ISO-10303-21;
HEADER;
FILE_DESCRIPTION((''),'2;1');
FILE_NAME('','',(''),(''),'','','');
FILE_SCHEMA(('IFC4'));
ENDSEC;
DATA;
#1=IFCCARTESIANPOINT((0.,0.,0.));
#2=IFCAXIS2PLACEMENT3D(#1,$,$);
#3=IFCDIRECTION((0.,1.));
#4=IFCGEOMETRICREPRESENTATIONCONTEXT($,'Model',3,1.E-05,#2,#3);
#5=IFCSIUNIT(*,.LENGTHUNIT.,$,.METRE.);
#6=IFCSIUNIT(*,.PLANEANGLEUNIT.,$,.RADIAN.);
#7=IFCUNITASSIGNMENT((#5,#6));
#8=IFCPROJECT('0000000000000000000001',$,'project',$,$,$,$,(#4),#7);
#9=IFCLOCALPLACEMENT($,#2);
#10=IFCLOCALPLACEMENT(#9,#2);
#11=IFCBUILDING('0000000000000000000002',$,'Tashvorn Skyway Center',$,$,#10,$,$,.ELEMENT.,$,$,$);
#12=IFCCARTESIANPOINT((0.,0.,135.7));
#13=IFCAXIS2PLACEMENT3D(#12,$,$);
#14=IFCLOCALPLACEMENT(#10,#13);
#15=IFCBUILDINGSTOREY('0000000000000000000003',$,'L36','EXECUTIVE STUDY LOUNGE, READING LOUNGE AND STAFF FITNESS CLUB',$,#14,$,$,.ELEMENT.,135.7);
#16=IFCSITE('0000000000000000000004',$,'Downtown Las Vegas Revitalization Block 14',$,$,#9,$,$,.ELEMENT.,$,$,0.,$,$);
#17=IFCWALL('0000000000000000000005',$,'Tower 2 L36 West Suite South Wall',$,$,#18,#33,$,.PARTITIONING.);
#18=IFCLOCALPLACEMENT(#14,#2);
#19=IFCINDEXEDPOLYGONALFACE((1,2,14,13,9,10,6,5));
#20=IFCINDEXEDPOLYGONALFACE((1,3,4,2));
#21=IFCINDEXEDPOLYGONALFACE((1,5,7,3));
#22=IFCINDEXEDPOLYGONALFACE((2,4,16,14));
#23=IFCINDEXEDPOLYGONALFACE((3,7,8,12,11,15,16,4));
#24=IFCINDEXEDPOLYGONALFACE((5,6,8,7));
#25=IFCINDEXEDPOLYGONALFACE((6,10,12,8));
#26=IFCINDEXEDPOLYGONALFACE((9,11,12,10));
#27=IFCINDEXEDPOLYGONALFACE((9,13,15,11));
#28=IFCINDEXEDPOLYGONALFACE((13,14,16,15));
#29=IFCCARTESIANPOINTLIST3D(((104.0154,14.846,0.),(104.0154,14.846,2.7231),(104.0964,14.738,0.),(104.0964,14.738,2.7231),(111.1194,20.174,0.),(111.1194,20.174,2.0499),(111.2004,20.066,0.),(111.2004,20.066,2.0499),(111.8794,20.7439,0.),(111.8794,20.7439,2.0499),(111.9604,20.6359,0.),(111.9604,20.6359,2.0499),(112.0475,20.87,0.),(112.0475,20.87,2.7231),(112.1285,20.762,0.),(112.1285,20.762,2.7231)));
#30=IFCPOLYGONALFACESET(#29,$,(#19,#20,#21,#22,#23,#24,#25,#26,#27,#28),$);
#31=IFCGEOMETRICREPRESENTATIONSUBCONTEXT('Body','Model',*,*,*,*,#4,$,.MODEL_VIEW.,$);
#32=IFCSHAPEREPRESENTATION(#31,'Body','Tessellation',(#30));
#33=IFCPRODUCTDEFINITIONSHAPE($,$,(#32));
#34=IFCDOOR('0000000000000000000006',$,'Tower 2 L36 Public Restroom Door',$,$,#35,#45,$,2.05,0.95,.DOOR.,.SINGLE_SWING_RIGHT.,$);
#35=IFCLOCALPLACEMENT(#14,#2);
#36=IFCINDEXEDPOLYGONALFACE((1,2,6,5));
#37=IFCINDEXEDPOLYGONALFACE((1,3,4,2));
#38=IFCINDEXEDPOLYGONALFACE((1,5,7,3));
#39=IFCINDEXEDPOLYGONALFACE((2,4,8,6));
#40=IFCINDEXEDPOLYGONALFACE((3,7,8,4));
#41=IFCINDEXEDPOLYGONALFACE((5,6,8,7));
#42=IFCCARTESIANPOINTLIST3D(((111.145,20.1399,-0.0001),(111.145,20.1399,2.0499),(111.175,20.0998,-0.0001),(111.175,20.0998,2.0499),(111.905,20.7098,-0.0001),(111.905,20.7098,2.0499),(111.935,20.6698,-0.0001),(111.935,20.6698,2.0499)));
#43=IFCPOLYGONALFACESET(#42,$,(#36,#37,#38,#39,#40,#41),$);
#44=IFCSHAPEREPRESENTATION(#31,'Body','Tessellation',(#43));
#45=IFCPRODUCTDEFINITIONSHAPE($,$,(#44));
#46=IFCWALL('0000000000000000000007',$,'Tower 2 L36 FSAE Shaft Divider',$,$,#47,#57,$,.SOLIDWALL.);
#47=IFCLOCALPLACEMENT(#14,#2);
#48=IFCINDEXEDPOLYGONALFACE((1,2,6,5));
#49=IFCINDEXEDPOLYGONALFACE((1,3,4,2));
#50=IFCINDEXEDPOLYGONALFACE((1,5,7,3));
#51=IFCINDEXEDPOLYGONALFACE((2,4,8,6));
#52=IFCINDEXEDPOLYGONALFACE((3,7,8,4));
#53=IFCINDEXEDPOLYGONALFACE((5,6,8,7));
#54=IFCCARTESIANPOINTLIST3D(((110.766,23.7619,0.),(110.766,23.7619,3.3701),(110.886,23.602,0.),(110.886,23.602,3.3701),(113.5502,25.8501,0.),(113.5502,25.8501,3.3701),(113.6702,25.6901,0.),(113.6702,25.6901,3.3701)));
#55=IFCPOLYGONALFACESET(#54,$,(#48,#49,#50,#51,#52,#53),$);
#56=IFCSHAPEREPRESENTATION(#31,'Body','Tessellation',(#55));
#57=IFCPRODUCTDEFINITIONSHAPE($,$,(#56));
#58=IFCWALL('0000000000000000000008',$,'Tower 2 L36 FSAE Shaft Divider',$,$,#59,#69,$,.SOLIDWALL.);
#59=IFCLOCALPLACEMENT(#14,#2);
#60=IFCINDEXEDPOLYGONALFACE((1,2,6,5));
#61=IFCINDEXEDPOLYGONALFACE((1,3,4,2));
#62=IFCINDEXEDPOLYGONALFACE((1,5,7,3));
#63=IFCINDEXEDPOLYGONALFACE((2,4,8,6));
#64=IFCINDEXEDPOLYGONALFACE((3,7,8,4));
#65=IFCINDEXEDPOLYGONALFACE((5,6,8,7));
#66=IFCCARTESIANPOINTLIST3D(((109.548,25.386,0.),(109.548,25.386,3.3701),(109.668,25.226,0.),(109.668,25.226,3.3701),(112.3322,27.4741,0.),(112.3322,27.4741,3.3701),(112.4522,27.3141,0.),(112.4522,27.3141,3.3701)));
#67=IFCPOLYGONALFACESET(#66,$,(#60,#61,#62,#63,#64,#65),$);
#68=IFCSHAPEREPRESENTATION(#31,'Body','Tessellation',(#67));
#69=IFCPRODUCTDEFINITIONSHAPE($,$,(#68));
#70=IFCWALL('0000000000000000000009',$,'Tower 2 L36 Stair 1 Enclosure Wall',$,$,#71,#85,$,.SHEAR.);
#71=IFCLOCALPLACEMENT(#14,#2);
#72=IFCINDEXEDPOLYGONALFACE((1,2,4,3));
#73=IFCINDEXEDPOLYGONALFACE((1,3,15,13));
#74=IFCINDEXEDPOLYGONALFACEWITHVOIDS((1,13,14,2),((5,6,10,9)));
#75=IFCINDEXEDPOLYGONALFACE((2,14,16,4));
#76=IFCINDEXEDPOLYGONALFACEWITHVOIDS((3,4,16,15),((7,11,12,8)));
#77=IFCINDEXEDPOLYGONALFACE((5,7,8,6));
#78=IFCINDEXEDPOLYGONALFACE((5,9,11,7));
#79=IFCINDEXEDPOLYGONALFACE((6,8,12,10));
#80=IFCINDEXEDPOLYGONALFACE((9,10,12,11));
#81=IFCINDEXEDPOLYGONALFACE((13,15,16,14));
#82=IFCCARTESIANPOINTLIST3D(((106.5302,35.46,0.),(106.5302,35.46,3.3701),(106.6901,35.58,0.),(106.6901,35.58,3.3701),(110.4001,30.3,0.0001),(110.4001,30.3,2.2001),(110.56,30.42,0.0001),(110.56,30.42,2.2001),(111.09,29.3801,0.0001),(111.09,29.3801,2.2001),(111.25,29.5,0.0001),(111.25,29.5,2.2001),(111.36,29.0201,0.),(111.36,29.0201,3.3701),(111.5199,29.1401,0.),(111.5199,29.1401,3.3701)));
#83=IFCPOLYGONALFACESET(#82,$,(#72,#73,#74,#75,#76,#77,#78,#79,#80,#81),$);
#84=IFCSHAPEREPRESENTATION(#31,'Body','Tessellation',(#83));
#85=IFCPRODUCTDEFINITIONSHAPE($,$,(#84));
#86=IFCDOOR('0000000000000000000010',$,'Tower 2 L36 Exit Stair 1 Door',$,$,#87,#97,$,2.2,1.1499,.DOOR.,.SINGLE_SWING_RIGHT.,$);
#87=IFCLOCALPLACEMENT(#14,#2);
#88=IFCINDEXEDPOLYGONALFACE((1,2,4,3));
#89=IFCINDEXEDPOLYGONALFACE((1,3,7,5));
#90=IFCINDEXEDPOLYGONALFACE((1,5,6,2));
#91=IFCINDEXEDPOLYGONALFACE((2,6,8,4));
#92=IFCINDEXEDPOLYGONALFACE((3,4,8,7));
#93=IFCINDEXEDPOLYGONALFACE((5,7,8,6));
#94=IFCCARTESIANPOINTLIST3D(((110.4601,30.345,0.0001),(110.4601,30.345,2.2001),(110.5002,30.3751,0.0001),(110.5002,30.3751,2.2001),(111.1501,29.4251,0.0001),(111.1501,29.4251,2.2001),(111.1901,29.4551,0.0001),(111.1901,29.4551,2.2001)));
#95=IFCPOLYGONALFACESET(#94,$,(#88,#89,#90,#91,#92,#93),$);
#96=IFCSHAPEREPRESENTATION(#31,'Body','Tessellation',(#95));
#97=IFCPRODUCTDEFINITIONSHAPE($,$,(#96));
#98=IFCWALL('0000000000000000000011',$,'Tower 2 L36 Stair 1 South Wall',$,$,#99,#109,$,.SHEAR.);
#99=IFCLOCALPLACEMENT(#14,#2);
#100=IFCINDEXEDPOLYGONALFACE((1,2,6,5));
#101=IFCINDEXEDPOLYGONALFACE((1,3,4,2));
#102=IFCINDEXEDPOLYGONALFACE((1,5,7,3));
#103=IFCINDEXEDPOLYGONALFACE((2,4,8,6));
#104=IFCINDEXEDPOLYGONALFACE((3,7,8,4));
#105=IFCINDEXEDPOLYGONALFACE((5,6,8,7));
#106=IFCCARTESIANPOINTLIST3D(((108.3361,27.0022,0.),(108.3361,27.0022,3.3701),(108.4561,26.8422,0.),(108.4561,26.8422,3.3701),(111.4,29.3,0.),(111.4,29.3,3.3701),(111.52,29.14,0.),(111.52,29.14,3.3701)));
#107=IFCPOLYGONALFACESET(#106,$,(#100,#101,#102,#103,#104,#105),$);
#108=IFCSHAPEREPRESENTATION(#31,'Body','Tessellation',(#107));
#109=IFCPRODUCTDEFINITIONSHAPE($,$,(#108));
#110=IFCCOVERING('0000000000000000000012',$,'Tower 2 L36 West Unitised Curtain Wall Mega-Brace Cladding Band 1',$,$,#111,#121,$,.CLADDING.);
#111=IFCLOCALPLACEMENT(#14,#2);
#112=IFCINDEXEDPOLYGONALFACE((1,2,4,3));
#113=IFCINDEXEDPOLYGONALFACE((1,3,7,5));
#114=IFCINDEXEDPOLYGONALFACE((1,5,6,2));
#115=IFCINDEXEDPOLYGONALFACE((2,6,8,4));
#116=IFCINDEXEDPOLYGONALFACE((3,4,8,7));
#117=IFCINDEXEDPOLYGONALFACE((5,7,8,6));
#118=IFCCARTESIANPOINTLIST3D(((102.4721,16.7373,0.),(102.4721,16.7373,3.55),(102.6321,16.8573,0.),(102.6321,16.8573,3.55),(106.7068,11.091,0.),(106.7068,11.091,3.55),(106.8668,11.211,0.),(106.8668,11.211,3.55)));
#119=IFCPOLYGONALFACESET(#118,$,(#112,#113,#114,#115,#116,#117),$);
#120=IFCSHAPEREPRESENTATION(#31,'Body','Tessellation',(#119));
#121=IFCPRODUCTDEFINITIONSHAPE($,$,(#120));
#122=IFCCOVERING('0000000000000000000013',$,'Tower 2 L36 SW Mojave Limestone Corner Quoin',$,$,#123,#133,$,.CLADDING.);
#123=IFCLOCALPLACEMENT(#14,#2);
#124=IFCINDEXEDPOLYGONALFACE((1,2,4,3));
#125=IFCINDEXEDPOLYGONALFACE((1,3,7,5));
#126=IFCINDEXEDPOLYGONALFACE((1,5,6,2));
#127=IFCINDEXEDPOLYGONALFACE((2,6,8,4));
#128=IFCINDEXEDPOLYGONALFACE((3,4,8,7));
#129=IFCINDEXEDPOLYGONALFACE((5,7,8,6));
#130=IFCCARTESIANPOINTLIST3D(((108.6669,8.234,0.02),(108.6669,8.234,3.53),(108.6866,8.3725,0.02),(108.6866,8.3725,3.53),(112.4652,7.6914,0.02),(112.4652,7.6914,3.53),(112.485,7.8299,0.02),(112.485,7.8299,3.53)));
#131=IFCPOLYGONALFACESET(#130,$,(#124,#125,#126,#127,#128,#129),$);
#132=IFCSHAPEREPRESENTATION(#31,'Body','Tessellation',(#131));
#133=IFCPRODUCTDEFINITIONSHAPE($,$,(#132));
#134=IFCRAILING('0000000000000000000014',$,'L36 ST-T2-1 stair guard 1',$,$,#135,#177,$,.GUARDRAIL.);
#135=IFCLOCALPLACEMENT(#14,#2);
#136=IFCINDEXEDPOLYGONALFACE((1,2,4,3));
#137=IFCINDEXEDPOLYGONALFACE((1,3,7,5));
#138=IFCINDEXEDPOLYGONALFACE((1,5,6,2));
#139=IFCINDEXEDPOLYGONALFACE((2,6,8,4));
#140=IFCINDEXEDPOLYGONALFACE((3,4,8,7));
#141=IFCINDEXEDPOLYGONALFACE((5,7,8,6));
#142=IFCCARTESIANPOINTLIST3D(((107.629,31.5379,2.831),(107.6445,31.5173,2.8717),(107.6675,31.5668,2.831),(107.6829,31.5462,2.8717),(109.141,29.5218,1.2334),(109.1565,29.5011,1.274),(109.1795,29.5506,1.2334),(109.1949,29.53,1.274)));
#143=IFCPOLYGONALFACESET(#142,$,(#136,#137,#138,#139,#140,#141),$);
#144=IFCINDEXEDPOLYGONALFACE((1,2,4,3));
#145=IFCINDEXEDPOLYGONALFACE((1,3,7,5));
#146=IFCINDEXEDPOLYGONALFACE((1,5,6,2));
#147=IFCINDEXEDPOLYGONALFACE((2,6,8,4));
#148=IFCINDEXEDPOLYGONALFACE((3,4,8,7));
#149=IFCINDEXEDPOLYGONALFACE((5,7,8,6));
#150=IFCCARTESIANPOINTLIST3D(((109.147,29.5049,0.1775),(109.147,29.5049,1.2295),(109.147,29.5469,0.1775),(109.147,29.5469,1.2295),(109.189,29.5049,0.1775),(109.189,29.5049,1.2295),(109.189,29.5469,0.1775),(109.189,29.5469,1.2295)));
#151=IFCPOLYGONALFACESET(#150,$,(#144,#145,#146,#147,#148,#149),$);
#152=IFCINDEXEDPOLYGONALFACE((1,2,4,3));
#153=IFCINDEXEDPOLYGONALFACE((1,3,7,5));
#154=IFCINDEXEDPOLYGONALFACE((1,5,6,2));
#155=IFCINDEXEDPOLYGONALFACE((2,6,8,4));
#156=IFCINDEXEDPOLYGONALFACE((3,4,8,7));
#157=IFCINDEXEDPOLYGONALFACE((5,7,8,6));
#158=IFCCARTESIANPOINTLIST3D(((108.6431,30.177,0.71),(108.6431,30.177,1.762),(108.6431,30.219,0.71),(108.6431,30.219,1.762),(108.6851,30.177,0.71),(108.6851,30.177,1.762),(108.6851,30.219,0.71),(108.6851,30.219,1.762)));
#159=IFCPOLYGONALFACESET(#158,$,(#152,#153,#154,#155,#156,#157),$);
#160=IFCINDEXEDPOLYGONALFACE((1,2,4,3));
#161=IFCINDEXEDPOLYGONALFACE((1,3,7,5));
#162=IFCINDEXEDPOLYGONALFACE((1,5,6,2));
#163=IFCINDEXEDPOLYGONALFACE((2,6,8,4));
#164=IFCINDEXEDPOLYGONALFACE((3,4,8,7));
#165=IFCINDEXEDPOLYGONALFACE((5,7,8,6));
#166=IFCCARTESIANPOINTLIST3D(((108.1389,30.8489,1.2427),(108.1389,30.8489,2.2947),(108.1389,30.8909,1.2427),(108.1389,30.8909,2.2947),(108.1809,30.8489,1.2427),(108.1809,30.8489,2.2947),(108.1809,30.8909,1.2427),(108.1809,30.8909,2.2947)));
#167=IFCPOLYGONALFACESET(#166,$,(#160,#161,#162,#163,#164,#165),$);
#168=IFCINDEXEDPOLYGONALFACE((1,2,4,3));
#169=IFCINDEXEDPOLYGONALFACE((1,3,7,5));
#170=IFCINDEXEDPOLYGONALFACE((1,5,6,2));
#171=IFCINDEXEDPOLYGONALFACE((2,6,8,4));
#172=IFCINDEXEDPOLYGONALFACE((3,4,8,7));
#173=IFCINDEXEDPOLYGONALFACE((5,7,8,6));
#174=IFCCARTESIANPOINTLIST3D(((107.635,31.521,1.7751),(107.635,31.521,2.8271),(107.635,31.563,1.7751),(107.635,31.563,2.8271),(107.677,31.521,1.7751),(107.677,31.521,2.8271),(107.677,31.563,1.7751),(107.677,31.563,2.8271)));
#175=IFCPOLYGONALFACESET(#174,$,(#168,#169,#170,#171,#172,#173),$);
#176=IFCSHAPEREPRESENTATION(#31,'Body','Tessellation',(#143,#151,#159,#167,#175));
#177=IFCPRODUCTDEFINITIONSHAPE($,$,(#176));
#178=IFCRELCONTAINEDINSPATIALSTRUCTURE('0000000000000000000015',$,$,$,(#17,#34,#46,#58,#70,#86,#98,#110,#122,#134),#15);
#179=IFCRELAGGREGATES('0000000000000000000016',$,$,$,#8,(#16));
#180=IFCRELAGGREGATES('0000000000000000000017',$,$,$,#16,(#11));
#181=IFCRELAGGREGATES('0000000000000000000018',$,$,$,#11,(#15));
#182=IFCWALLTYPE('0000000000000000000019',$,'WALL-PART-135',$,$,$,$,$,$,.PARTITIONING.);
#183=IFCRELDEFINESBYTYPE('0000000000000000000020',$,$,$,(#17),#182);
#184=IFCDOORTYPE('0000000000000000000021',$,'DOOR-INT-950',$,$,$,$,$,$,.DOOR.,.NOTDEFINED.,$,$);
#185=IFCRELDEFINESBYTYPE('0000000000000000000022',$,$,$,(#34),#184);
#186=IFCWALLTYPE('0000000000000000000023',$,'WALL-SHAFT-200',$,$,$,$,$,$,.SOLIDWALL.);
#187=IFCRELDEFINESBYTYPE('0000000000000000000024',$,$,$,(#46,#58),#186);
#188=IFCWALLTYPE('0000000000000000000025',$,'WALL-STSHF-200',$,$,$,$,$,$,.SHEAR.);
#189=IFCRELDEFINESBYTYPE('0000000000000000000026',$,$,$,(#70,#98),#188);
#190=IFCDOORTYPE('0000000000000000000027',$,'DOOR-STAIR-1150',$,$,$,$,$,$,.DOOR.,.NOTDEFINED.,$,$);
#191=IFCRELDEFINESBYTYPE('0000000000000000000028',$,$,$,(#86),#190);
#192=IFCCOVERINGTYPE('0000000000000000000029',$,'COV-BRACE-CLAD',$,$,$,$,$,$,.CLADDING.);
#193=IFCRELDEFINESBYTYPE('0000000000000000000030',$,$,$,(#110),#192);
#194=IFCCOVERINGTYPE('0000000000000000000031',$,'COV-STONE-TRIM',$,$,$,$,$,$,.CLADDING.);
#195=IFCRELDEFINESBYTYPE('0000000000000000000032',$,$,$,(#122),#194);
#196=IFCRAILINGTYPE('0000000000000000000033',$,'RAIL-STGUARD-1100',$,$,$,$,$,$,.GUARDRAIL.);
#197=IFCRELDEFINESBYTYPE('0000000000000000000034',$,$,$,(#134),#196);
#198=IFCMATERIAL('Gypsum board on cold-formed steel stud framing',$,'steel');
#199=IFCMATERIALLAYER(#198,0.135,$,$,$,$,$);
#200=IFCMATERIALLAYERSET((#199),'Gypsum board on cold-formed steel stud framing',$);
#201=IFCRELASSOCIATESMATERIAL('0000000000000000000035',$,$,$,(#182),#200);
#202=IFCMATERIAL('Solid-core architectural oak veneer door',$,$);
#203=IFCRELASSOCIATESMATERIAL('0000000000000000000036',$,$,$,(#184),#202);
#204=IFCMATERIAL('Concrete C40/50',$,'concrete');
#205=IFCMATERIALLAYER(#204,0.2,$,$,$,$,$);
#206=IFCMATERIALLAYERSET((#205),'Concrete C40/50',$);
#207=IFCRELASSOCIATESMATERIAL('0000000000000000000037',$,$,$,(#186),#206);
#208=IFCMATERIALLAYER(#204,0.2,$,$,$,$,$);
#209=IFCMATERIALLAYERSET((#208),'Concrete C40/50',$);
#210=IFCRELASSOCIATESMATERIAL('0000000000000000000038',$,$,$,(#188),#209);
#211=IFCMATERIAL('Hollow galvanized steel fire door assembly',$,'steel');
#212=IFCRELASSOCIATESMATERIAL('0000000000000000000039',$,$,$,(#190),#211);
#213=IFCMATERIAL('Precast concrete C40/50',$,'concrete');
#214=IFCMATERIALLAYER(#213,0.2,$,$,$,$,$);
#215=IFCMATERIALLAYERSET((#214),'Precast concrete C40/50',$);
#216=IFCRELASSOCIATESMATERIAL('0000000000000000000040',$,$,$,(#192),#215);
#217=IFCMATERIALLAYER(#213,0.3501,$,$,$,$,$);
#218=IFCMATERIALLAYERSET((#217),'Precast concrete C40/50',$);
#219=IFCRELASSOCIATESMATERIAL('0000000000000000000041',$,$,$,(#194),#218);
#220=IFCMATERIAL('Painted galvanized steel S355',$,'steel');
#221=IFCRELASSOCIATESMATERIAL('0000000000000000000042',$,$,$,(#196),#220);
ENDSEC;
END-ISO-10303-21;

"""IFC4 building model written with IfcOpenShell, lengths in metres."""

from ifc_helpers import new_model, si_unit, direction, frame, frame_2d, origin, origin_2d, place, context, subcontext, project, spatial, rectangle, extrude, material, layer, layer_set, type_object, element, fill, save


model = new_model("IFC4")

# Units and contexts
model_context = context("Model", 3, precision=1e-05, world=origin(), true_north=direction((0.0, 1.0)))
body_context = subcontext(model_context, "Body", "Model", "MODEL_VIEW")
ifc_project = project(units=[si_unit("LENGTHUNIT", "METRE"), si_unit("PLANEANGLEUNIT", "RADIAN")], contexts=[model_context])

# Site, building, storey
site_placement = place(None, origin())
site = spatial("IfcSite", under=ifc_project, at=site_placement, Name="Downtown Las Vegas Revitalization Block 14", CompositionType="ELEMENT", RefElevation=0.0)
building_placement = place(site_placement, origin())
building = spatial("IfcBuilding", under=site, at=building_placement, Name="Tashvorn Skyway Center", CompositionType="ELEMENT")
storey_placement = place(building_placement, frame((0.0, 0.0, 135.7)))
storey = spatial("IfcBuildingStorey", under=building, at=storey_placement, Name="L36", Description="EXECUTIVE STUDY LOUNGE, READING LOUNGE AND STAFF FITNESS CLUB", CompositionType="ELEMENT", Elevation=135.7)

# Shared definitions
ifc_material_1 = material(Name="Precast concrete C40/50", Category="concrete")
ifc_material_2 = material(Name="Gypsum board on cold-formed steel stud framing", Category="steel")
ifc_layer_1 = layer(ifc_material_2, 0.135)
ifc_layer_set_1 = layer_set([ifc_layer_1], Name="Gypsum board on cold-formed steel stud framing")
wall_type_1 = type_object("IfcWallType", Name="WALL-PART-135", PredefinedType="PARTITIONING", material=ifc_layer_set_1)

# Wall, opening, door
wall_1_placement = place(storey_placement, frame((104.0559, 14.792, 0.0), z_axis=(0.0, 0.0, 1.0), x_axis=(0.800003, 0.599996, 0.0)))
wall_1 = element("IfcWall", 1, at=wall_1_placement, inside=storey, type_object=wall_type_1, Name="Tower 2 L36 West Suite South Wall", PredefinedType="PARTITIONING", context=body_context, shape_type="SweptSolid", body=[
    extrude(rectangle(XDim=10.04, YDim=0.135, at=frame_2d((5.02, 0.0))), origin(), (0.0, 0.0, 1.0), 2.7231),
])
opening_1_placement = place(wall_1_placement, frame((8.8799, 0.0, 0.0)))
opening_1 = element("IfcOpeningElement", 2, at=opening_1_placement, cuts=wall_1, PredefinedType="OPENING", context=body_context, shape_type="SweptSolid", body=[
    extrude(rectangle(XDim=0.95, YDim=2.05, at=frame_2d((0.4751, 1.0249))), frame((0.0, 0.0774, 0.0), z_axis=(0.0, -1.0, 0.0), x_axis=(1.0, 0.0, 0.0)), (0.0, 0.0, 1.0), 0.155),
])
ifc_material_3 = material(Name="Solid-core architectural oak veneer door")
door_type_1 = type_object("IfcDoorType", Name="DOOR-INT-950", OperationType="NOTDEFINED", PredefinedType="DOOR", material=ifc_material_3)
door_1_placement = place(opening_1_placement, origin())
door_1 = element("IfcDoor", 3, at=door_1_placement, inside=storey, type_object=door_type_1, Name="Tower 2 L36 Public Restroom Door", OperationType="SINGLE_SWING_RIGHT", OverallHeight=2.05, OverallWidth=0.95, PredefinedType="DOOR", context=body_context, shape_type="SweptSolid", body=[
    extrude(rectangle(XDim=0.95, YDim=2.05, at=frame_2d((0.4751, 1.0249))), frame((0.0, 0.0249, 0.0), z_axis=(0.0, -1.0, 0.0), x_axis=(1.0, 0.0, 0.0)), (0.0, 0.0, 1.0), 0.05),
])
fill(opening_1, door_1)

# Walls
ifc_material_4 = material(Name="Concrete C40/50", Category="concrete")
ifc_layer_2 = layer(ifc_material_4, 0.2)
ifc_layer_set_2 = layer_set([ifc_layer_2], Name="Concrete C40/50")
wall_type_2 = type_object("IfcWallType", Name="WALL-SHAFT-200", PredefinedType="SOLIDWALL", material=ifc_layer_set_2)
for number, where, z_axis, x_axis, name in (
    (4, (110.8259, 23.6819, 0.0), (0.0, 0.0, 1.0), (0.8, 0.6, 0.0), "Tower 2 L36 FSAE Shaft Divider"),
    (5, (109.6079, 25.3059, 0.0), (0.0, 0.0, 1.0), (0.8, 0.6, 0.0), "Tower 2 L36 FSAE Shaft Divider"),
):
    element("IfcWall", number, at=place(storey_placement, frame(where, z_axis=z_axis, x_axis=x_axis)), inside=storey, type_object=wall_type_2, Name=name, PredefinedType="SOLIDWALL", context=body_context, shape_type="SweptSolid", body=[
        extrude(rectangle(XDim=3.4802, YDim=0.2, at=frame_2d((1.7402, 0.0))), origin(), (0.0, 0.0, 1.0), 3.3701),
    ])

# Wall, opening, door
ifc_layer_3 = layer(ifc_material_4, 0.2)
ifc_layer_set_3 = layer_set([ifc_layer_3], Name="Concrete C40/50")
wall_type_3 = type_object("IfcWallType", Name="WALL-STSHF-200", PredefinedType="SHEAR", material=ifc_layer_set_3)
wall_2_placement = place(storey_placement, frame((111.4399, 29.0801, 0.0), z_axis=(0.0, 0.0, 1.0), x_axis=(-0.59999, 0.800007, 0.0)))
wall_2 = element("IfcWall", 6, at=wall_2_placement, inside=storey, type_object=wall_type_3, Name="Tower 2 L36 Stair 1 Enclosure Wall", PredefinedType="SHEAR", context=body_context, shape_type="SweptSolid", body=[
    extrude(rectangle(XDim=8.0498, YDim=0.2, at=frame_2d((4.0249, 0.0))), origin(), (0.0, 0.0, 1.0), 3.3701),
])
opening_2_placement = place(wall_2_placement, frame((0.45, 0.0, 0.0)))
opening_2 = element("IfcOpeningElement", 7, at=opening_2_placement, cuts=wall_2, PredefinedType="OPENING", context=body_context, shape_type="SweptSolid", body=[
    extrude(rectangle(XDim=1.1499, YDim=2.2, at=frame_2d((0.575, 1.1001))), frame((0.0, 0.1099, 0.0), z_axis=(0.0, -1.0, 0.0), x_axis=(1.0, 0.0, 0.0)), (0.0, 0.0, 1.0), 0.22),
])
ifc_material_5 = material(Name="Hollow galvanized steel fire door assembly", Category="steel")
door_type_2 = type_object("IfcDoorType", Name="DOOR-STAIR-1150", OperationType="NOTDEFINED", PredefinedType="DOOR", material=ifc_material_5)
door_2_placement = place(opening_2_placement, origin())
door_2 = element("IfcDoor", 8, at=door_2_placement, inside=storey, type_object=door_type_2, Name="Tower 2 L36 Exit Stair 1 Door", OperationType="SINGLE_SWING_RIGHT", OverallHeight=2.2, OverallWidth=1.1499, PredefinedType="DOOR", context=body_context, shape_type="SweptSolid", body=[
    extrude(rectangle(XDim=1.1499, YDim=2.2, at=frame_2d((0.575, 1.1001))), frame((0.0, 0.0249, 0.0), z_axis=(0.0, -1.0, 0.0), x_axis=(1.0, 0.0, 0.0)), (0.0, 0.0, 1.0), 0.05),
])
fill(opening_2, door_2)

# Wall
wall_3_placement = place(storey_placement, frame((108.396, 26.9221, 0.0), z_axis=(0.0, 0.0, 1.0), x_axis=(0.800015, 0.59998, 0.0)))
element("IfcWall", 9, at=wall_3_placement, inside=storey, type_object=wall_type_3, Name="Tower 2 L36 Stair 1 South Wall", PredefinedType="SHEAR", context=body_context, shape_type="SweptSolid", body=[
    extrude(rectangle(XDim=3.8298, YDim=0.2, at=frame_2d((1.915, 0.0))), origin(), (0.0, 0.0, 1.0), 3.3701),
])

# Coverings
ifc_layer_4 = layer(ifc_material_1, 0.2)
ifc_layer_set_4 = layer_set([ifc_layer_4], Name="Precast concrete C40/50")
covering_type_1 = type_object("IfcCoveringType", Name="COV-BRACE-CLAD", PredefinedType="CLADDING", material=ifc_layer_set_4)
covering_1_placement = place(storey_placement, frame((104.6694, 13.9741, 0.0), z_axis=(0.0, 0.0, 1.0), x_axis=(-0.6, 0.8, 0.0)))
element("IfcCovering", 10, at=covering_1_placement, inside=storey, type_object=covering_type_1, Name="Tower 2 L36 West Unitised Curtain Wall Mega-Brace Cladding Band 1", PredefinedType="CLADDING", context=body_context, shape_type="SweptSolid", body=[
    extrude(rectangle(XDim=7.0579, YDim=0.2, at=origin_2d()), origin(), (0.0, 0.0, 1.0), 3.55),
])
ifc_layer_5 = layer(ifc_material_1, 0.3501)
ifc_layer_set_5 = layer_set([ifc_layer_5], Name="Precast concrete C40/50")
covering_type_2 = type_object("IfcCoveringType", Name="COV-STONE-TRIM", PredefinedType="CLADDING", material=ifc_layer_set_5)
covering_2_placement = place(storey_placement, frame((110.5759, 8.032, 0.02), z_axis=(0.0, 0.0, 1.0), x_axis=(-0.989949, 0.141421, 0.0)))
element("IfcCovering", 11, at=covering_2_placement, inside=storey, type_object=covering_type_2, Name="Tower 2 L36 SW Mojave Limestone Corner Quoin", PredefinedType="CLADDING", context=body_context, shape_type="SweptSolid", body=[
    extrude(rectangle(XDim=3.8369, YDim=0.1399, at=origin_2d()), origin(), (0.0, 0.0, 1.0), 3.51),
])

# Railing
ifc_material_6 = material(Name="Painted galvanized steel S355", Category="steel")
railing_type = type_object("IfcRailingType", Name="RAIL-STGUARD-1100", PredefinedType="GUARDRAIL", material=ifc_material_6)
railing_1_placement = place(storey_placement, frame((109.168, 29.5259, 0.1775)))
element("IfcRailing", 12, at=railing_1_placement, inside=storey, type_object=railing_type, Name="L36 ST-T2-1 stair guard 1", PredefinedType="GUARDRAIL", context=body_context, shape_type="SweptSolid", body=[
    extrude(rectangle(XDim=0.0481, YDim=0.0481, at=origin_2d()), frame((0.0, 0.0, 1.0762), z_axis=(-0.506719, 0.675679, 0.535438), x_axis=(-0.800023, -0.599969, 0.0)), (0.0, 0.0, 1.0), 2.9839),
    extrude(rectangle(XDim=0.042, YDim=0.042, at=origin_2d()), origin(), (0.0, 0.0, 1.0), 1.052),
    extrude(rectangle(XDim=0.042, YDim=0.042, at=origin_2d()), frame((-0.5039, 0.6721, 0.5325)), (0.0, 0.0, 1.0), 1.052),
    extrude(rectangle(XDim=0.042, YDim=0.042, at=origin_2d()), frame((-1.0081, 1.344, 1.0652)), (0.0, 0.0, 1.0), 1.052),
    extrude(rectangle(XDim=0.042, YDim=0.042, at=origin_2d()), frame((-1.512, 2.0161, 1.5977)), (0.0, 0.0, 1.0), 1.052),
])

save(model, "model.ifc")
